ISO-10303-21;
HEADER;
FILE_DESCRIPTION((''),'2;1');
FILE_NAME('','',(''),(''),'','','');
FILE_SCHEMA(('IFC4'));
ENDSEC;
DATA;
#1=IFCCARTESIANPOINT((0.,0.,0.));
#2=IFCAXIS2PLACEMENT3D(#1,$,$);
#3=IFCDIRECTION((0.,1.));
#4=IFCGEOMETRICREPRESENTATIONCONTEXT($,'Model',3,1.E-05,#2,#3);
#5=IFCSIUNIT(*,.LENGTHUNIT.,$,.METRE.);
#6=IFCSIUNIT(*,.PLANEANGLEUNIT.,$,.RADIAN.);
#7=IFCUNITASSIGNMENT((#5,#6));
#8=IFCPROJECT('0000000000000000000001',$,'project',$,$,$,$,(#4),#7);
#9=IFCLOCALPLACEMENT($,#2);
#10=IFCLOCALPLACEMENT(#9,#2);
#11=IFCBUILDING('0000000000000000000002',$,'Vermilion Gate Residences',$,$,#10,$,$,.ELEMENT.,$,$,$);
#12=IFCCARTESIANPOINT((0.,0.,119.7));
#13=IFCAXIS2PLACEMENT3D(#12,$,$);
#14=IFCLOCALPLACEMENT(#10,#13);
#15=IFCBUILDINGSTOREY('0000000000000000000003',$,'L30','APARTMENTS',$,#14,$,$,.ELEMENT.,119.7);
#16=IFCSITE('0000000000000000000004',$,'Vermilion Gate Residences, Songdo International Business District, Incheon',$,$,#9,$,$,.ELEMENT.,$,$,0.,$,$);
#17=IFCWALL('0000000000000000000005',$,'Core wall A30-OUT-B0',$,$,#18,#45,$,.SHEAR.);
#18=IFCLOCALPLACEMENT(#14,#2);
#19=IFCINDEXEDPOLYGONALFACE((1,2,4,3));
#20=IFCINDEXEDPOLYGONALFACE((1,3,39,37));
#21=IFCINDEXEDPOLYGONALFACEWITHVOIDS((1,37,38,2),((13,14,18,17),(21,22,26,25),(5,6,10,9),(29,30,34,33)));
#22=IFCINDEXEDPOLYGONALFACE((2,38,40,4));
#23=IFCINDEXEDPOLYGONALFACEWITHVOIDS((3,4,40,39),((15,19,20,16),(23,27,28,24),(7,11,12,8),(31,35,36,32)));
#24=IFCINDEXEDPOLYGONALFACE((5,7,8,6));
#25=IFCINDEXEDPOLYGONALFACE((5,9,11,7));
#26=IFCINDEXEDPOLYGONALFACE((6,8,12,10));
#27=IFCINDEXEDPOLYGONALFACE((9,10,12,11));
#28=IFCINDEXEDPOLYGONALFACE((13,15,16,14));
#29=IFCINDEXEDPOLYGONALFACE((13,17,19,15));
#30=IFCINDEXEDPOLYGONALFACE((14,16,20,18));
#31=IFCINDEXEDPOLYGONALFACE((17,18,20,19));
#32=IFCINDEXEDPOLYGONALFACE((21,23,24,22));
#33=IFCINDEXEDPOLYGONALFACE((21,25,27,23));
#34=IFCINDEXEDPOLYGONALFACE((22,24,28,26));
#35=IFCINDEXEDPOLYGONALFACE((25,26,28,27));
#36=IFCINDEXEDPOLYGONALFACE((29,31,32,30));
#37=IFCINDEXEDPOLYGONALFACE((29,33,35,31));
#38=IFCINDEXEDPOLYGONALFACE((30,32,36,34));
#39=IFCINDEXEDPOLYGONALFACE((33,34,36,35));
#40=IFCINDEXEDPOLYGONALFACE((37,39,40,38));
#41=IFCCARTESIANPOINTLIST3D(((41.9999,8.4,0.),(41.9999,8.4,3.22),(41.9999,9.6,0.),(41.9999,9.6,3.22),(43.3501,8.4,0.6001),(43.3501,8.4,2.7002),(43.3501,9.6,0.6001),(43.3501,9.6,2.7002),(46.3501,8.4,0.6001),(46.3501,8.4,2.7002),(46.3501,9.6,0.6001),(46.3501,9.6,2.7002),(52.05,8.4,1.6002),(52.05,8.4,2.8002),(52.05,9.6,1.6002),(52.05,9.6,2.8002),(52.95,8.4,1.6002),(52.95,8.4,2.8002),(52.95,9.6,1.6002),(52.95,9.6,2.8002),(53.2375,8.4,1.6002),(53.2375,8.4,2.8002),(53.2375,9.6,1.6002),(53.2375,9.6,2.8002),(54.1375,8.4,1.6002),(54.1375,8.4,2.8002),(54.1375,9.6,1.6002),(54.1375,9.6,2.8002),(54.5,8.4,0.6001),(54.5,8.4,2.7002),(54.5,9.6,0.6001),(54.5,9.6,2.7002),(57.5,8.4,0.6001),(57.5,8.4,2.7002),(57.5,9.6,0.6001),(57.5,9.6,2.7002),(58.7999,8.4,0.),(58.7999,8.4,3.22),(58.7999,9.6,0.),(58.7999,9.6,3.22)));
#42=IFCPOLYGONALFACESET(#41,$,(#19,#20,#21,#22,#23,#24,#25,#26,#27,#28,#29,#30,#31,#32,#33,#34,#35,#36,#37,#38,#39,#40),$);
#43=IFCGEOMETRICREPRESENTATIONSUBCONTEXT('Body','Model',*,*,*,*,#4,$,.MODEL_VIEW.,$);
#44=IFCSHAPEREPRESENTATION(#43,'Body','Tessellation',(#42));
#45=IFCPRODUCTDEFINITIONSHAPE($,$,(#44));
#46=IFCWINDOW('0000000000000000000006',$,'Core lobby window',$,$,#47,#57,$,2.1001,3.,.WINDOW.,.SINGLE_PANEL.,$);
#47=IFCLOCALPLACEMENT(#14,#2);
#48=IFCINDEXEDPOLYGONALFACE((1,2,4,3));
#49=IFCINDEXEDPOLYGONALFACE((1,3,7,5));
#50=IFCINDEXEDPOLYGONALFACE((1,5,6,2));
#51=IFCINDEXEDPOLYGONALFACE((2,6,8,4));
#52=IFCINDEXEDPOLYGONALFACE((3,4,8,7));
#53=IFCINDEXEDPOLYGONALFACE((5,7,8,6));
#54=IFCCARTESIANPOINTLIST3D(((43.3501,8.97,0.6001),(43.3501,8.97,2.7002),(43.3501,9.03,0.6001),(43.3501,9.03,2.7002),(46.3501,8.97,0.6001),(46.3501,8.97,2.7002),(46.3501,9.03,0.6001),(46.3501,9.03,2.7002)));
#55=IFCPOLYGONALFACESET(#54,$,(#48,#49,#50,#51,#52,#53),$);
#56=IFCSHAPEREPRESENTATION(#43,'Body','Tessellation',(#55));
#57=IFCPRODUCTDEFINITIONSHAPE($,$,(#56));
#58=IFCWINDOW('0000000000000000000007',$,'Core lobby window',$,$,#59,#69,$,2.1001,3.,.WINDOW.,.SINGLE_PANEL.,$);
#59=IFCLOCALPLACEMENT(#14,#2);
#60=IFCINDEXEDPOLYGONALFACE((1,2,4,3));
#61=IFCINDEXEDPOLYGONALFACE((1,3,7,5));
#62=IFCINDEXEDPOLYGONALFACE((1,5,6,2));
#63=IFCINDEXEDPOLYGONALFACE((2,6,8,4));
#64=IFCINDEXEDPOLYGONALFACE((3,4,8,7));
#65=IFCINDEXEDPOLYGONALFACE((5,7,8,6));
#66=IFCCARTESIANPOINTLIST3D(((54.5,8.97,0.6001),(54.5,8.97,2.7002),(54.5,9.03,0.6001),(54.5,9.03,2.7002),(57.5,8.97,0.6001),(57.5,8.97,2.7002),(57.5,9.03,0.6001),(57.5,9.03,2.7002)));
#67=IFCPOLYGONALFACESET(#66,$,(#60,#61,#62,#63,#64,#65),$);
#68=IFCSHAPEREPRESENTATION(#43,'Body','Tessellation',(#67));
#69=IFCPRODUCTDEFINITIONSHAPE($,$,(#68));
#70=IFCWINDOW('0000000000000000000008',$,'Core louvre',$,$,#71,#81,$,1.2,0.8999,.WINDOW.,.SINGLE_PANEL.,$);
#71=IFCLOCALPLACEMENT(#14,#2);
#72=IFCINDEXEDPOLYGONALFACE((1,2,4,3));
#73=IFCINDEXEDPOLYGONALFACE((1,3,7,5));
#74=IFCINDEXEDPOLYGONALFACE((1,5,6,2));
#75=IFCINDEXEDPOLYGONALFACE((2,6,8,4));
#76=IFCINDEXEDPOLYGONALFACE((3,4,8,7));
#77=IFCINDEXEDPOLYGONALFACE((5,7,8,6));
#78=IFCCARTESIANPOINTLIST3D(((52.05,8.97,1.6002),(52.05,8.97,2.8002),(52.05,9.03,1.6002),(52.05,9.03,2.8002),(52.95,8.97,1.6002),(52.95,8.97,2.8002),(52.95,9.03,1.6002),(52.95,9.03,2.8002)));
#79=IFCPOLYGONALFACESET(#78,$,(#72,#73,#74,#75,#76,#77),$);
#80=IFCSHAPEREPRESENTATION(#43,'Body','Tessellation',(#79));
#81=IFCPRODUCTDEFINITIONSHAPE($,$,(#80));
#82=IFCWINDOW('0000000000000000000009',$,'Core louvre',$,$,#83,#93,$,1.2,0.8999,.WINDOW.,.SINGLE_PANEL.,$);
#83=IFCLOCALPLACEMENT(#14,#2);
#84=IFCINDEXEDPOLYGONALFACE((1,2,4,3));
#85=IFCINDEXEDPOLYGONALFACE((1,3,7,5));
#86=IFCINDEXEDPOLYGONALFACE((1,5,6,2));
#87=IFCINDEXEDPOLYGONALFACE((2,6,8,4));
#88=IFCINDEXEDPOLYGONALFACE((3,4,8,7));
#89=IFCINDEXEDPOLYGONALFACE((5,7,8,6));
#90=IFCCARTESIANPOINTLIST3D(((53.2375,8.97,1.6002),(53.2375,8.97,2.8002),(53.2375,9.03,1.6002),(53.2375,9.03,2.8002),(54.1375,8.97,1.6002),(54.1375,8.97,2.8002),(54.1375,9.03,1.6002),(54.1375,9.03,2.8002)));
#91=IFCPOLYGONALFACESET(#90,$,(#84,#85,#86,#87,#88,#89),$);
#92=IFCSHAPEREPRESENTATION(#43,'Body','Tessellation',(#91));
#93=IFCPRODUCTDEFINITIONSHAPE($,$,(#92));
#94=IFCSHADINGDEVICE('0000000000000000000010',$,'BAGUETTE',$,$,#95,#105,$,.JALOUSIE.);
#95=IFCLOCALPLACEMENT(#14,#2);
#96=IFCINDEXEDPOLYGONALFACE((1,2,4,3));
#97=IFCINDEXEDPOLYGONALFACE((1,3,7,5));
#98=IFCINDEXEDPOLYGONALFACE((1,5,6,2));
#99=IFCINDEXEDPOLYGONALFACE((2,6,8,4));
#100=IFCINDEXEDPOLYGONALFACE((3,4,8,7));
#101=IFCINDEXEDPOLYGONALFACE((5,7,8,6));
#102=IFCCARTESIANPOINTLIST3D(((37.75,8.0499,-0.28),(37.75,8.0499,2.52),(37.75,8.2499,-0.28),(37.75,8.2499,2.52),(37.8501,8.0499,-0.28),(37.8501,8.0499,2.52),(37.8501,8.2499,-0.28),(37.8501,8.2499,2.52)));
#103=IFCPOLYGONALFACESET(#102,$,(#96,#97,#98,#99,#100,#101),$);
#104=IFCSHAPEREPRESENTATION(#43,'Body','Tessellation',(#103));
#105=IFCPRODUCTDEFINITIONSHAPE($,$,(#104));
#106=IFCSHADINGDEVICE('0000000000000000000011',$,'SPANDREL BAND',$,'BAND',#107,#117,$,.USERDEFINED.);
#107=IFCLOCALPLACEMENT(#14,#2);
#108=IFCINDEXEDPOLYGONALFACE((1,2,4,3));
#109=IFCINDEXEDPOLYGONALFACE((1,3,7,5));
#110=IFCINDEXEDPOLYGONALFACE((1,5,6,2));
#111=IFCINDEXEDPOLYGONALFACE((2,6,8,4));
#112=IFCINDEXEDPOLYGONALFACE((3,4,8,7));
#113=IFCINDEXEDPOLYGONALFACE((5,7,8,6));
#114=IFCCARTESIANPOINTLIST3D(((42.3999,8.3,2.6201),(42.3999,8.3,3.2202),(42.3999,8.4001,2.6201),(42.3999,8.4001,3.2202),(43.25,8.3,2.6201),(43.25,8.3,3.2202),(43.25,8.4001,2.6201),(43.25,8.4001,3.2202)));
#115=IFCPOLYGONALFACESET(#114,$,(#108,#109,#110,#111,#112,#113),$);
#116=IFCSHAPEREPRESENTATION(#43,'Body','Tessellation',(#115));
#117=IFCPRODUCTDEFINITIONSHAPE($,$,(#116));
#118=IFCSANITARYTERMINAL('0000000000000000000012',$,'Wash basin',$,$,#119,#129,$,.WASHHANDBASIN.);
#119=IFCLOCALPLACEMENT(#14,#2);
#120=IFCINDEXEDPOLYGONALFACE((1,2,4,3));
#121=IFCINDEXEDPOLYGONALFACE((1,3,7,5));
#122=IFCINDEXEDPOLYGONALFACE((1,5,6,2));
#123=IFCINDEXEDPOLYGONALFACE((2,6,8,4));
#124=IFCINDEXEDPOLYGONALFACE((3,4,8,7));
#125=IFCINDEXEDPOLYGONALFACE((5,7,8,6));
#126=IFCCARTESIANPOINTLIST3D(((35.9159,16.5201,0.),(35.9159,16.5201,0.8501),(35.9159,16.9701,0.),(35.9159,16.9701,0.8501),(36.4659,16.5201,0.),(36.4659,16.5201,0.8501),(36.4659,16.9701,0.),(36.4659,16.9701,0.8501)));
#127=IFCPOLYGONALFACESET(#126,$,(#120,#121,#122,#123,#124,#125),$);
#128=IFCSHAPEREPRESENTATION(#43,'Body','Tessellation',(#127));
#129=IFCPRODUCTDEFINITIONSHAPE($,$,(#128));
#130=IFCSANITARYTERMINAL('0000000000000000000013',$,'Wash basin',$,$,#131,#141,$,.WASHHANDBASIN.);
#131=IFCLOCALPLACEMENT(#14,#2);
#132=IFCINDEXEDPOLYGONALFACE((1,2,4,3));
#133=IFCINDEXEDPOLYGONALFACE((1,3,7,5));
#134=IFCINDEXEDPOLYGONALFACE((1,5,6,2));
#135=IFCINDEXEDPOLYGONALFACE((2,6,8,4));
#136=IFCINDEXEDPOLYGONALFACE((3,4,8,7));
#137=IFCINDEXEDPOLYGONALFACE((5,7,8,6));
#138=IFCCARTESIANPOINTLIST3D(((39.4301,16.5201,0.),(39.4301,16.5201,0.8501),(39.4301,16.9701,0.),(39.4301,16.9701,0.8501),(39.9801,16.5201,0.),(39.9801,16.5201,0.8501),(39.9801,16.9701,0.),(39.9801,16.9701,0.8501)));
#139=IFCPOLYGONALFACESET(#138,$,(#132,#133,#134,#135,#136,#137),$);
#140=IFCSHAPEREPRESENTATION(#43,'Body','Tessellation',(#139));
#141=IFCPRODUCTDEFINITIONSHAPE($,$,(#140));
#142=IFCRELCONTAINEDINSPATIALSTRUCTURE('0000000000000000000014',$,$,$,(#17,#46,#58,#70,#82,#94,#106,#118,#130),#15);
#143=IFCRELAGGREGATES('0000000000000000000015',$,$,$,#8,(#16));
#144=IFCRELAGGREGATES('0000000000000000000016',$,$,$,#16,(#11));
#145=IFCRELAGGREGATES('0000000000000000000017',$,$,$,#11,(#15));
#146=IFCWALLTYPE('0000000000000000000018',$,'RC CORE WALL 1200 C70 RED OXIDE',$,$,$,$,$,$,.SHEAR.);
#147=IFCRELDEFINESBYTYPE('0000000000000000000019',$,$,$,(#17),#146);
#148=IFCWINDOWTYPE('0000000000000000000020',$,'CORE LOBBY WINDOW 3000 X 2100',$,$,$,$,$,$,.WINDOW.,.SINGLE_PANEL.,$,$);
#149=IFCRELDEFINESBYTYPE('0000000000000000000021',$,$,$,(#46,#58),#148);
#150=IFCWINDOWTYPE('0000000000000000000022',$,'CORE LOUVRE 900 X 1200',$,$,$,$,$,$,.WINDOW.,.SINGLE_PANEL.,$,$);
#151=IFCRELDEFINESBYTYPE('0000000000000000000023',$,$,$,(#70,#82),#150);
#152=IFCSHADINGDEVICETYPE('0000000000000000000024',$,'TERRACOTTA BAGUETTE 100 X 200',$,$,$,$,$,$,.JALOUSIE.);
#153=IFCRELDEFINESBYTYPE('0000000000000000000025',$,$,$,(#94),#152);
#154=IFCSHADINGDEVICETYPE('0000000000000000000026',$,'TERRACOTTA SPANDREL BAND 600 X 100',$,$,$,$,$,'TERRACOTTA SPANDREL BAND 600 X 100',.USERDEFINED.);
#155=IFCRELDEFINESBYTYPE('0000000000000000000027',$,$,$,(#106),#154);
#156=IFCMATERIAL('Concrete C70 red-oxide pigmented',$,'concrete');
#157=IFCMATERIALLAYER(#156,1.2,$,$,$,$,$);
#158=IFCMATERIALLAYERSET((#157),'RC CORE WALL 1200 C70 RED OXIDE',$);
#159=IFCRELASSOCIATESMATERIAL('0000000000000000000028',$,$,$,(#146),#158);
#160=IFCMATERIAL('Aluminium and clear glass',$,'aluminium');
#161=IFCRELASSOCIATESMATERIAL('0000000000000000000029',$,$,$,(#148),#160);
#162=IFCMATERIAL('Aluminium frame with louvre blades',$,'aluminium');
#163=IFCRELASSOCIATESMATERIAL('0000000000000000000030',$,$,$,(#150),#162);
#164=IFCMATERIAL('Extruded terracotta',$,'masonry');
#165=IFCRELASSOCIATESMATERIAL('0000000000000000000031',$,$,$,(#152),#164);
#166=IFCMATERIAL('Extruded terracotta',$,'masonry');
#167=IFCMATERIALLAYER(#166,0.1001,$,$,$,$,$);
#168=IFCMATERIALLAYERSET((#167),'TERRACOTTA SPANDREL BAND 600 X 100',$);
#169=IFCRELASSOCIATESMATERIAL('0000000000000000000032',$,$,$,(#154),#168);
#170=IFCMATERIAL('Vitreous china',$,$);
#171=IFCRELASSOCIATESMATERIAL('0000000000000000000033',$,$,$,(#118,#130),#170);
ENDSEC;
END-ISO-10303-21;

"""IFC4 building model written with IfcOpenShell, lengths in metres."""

from ifc_helpers import new_model, si_unit, direction, frame, frame_2d, origin, origin_2d, place, context, subcontext, project, spatial, rectangle, extrude, material, layer, layer_set, material_profile, profile_set, type_object, element, fill, save


model = new_model("IFC4")

# Units and contexts
model_context = context("Model", 3, precision=1e-05, world=origin(), true_north=direction((0.0, 1.0)))
body_context = subcontext(model_context, "Body", "Model", "MODEL_VIEW")
ifc_project = project(units=[si_unit("LENGTHUNIT", "METRE"), si_unit("PLANEANGLEUNIT", "RADIAN")], contexts=[model_context])

# Site, building, storey
site_placement = place(None, origin())
site = spatial("IfcSite", under=ifc_project, at=site_placement, Name="Vermilion Gate Residences, Songdo International Business District, Incheon", CompositionType="ELEMENT", RefElevation=0.0)
building_placement = place(site_placement, origin())
building = spatial("IfcBuilding", under=site, at=building_placement, Name="Vermilion Gate Residences", CompositionType="ELEMENT")
storey_placement = place(building_placement, frame((0.0, 0.0, 119.7)))
storey = spatial("IfcBuildingStorey", under=building, at=storey_placement, Name="L30", Description="APARTMENTS", CompositionType="ELEMENT", Elevation=119.7)

# Wall, openings, windows
ifc_material_1 = material(Name="Concrete C70 red-oxide pigmented", Category="concrete")
ifc_layer_1 = layer(ifc_material_1, 1.2)
ifc_layer_set_1 = layer_set([ifc_layer_1], Name="RC CORE WALL 1200 C70 RED OXIDE")
wall_type_1 = type_object("IfcWallType", Name="RC CORE WALL 1200 C70 RED OXIDE", PredefinedType="SHEAR", material=ifc_layer_set_1)
wall_1_placement = place(storey_placement, frame((42.0, 9.0, 0.0), z_axis=(0.0, 0.0, 1.0), x_axis=(1.0, 0.0, 0.0)))
wall_1 = element("IfcWall", 1, at=wall_1_placement, inside=storey, type_object=wall_type_1, Name="Core wall A30-OUT-B0", PredefinedType="SHEAR", context=body_context, shape_type="SweptSolid", body=[
    extrude(rectangle(XDim=16.8, YDim=1.2, at=frame_2d((8.3999, 0.0))), origin(), (0.0, 0.0, 1.0), 3.22),
])
opening_1_placement = place(wall_1_placement, frame((1.3501, 0.0, 0.6001)))
opening_1 = element("IfcOpeningElement", 2, at=opening_1_placement, cuts=wall_1, PredefinedType="OPENING", context=body_context, shape_type="SweptSolid", body=[
    extrude(rectangle(XDim=3.0, YDim=2.1001, at=frame_2d((1.5, 1.05))), frame((0.0, 0.6099, 0.0), z_axis=(0.0, -1.0, 0.0), x_axis=(1.0, 0.0, 0.0)), (0.0, 0.0, 1.0), 1.22),
])
opening_2_placement = place(wall_1_placement, frame((10.05, 0.0, 1.6001)))
opening_2 = element("IfcOpeningElement", 3, at=opening_2_placement, cuts=wall_1, PredefinedType="OPENING", context=body_context, shape_type="SweptSolid", body=[
    extrude(rectangle(XDim=0.8999, YDim=1.2, at=frame_2d((0.45, 0.6001))), frame((0.0, 0.6099, 0.0), z_axis=(0.0, -1.0, 0.0), x_axis=(1.0, 0.0, 0.0)), (0.0, 0.0, 1.0), 1.22),
])
opening_3_placement = place(wall_1_placement, frame((11.2375, 0.0, 1.6001)))
opening_3 = element("IfcOpeningElement", 4, at=opening_3_placement, cuts=wall_1, PredefinedType="OPENING", context=body_context, shape_type="SweptSolid", body=[
    extrude(rectangle(XDim=0.8999, YDim=1.2, at=frame_2d((0.45, 0.6001))), frame((0.0, 0.6099, 0.0), z_axis=(0.0, -1.0, 0.0), x_axis=(1.0, 0.0, 0.0)), (0.0, 0.0, 1.0), 1.22),
])
opening_4_placement = place(wall_1_placement, frame((12.5, 0.0, 0.6001)))
opening_4 = element("IfcOpeningElement", 5, at=opening_4_placement, cuts=wall_1, PredefinedType="OPENING", context=body_context, shape_type="SweptSolid", body=[
    extrude(rectangle(XDim=3.0, YDim=2.1001, at=frame_2d((1.5, 1.05))), frame((0.0, 0.6099, 0.0), z_axis=(0.0, -1.0, 0.0), x_axis=(1.0, 0.0, 0.0)), (0.0, 0.0, 1.0), 1.22),
])
ifc_material_2 = material(Name="Aluminium and clear glass", Category="aluminium")
window_type_1 = type_object("IfcWindowType", Name="CORE LOBBY WINDOW 3000 X 2100", PartitioningType="SINGLE_PANEL", PredefinedType="WINDOW", material=ifc_material_2)
window_1_placement = place(opening_1_placement, origin())
window_1 = element("IfcWindow", 6, at=window_1_placement, inside=storey, type_object=window_type_1, Name="Core lobby window", OverallHeight=2.1001, OverallWidth=3.0, PartitioningType="SINGLE_PANEL", PredefinedType="WINDOW", context=body_context, shape_type="SweptSolid", body=[
    extrude(rectangle(XDim=3.0, YDim=2.1001, at=frame_2d((1.5, 1.05))), frame((0.0, 0.03, 0.0), z_axis=(0.0, -1.0, 0.0), x_axis=(1.0, 0.0, 0.0)), (0.0, 0.0, 1.0), 0.0601),
])
fill(opening_1, window_1)
window_2_placement = place(opening_4_placement, origin())
window_2 = element("IfcWindow", 7, at=window_2_placement, inside=storey, type_object=window_type_1, Name="Core lobby window", OverallHeight=2.1001, OverallWidth=3.0, PartitioningType="SINGLE_PANEL", PredefinedType="WINDOW", context=body_context, shape_type="SweptSolid", body=[
    extrude(rectangle(XDim=3.0, YDim=2.1001, at=frame_2d((1.5, 1.05))), frame((0.0, 0.03, 0.0), z_axis=(0.0, -1.0, 0.0), x_axis=(1.0, 0.0, 0.0)), (0.0, 0.0, 1.0), 0.0601),
])
fill(opening_4, window_2)
ifc_material_3 = material(Name="Aluminium frame with louvre blades", Category="aluminium")
window_type_2 = type_object("IfcWindowType", Name="CORE LOUVRE 900 X 1200", PartitioningType="SINGLE_PANEL", PredefinedType="WINDOW", material=ifc_material_3)
window_3_placement = place(opening_2_placement, origin())
window_3 = element("IfcWindow", 8, at=window_3_placement, inside=storey, type_object=window_type_2, Name="Core louvre", OverallHeight=1.2, OverallWidth=0.8999, PartitioningType="SINGLE_PANEL", PredefinedType="WINDOW", context=body_context, shape_type="SweptSolid", body=[
    extrude(rectangle(XDim=0.8999, YDim=1.2, at=frame_2d((0.45, 0.6001))), frame((0.0, 0.03, 0.0), z_axis=(0.0, -1.0, 0.0), x_axis=(1.0, 0.0, 0.0)), (0.0, 0.0, 1.0), 0.0601),
])
fill(opening_2, window_3)
window_4_placement = place(opening_3_placement, origin())
window_4 = element("IfcWindow", 9, at=window_4_placement, inside=storey, type_object=window_type_2, Name="Core louvre", OverallHeight=1.2, OverallWidth=0.8999, PartitioningType="SINGLE_PANEL", PredefinedType="WINDOW", context=body_context, shape_type="SweptSolid", body=[
    extrude(rectangle(XDim=0.8999, YDim=1.2, at=frame_2d((0.45, 0.6001))), frame((0.0, 0.03, 0.0), z_axis=(0.0, -1.0, 0.0), x_axis=(1.0, 0.0, 0.0)), (0.0, 0.0, 1.0), 0.0601),
])
fill(opening_3, window_4)

# Shading devices
ifc_material_4 = material(Name="Extruded terracotta", Category="masonry")
ifc_material_profile = material_profile(ifc_material_4, rectangle(XDim=0.2, YDim=0.1001, at=origin_2d()), Name="BAGUETTE 100 X 200")
ifc_profile_set = profile_set([ifc_material_profile], Name="Extruded terracotta")
shading_device_type_1 = type_object("IfcShadingDeviceType", Name="TERRACOTTA BAGUETTE 100 X 200", PredefinedType="JALOUSIE", material=ifc_profile_set)
shading_device_1_placement = place(storey_placement, frame((37.8, 8.1499, -0.28), z_axis=(0.0, 0.0, 1.0), x_axis=(0.0, 1.0, 0.0)))
element("IfcShadingDevice", 10, at=shading_device_1_placement, inside=storey, type_object=shading_device_type_1, Name="BAGUETTE", PredefinedType="JALOUSIE", context=body_context, shape_type="SweptSolid", body=[
    extrude(rectangle(XDim=0.2, YDim=0.1001, at=origin_2d()), origin(), (0.0, 0.0, 1.0), 2.8),
])
ifc_material_5 = material(Name="Extruded terracotta", Category="masonry")
ifc_layer_2 = layer(ifc_material_5, 0.1001)
ifc_layer_set_2 = layer_set([ifc_layer_2], Name="TERRACOTTA SPANDREL BAND 600 X 100")
shading_device_type_2 = type_object("IfcShadingDeviceType", Name="TERRACOTTA SPANDREL BAND 600 X 100", ElementType="TERRACOTTA SPANDREL BAND 600 X 100", PredefinedType="USERDEFINED", material=ifc_layer_set_2)
shading_device_2_placement = place(storey_placement, frame((42.825, 8.3501, 2.6201), z_axis=(0.0, 0.0, 1.0), x_axis=(1.0, 0.0, 0.0)))
element("IfcShadingDevice", 11, at=shading_device_2_placement, inside=storey, type_object=shading_device_type_2, Name="SPANDREL BAND", ObjectType="BAND", PredefinedType="USERDEFINED", context=body_context, shape_type="SweptSolid", body=[
    extrude(rectangle(XDim=0.8501, YDim=0.1001, at=origin_2d()), origin(), (0.0, 0.0, 1.0), 0.6001),
])

# Sanitary terminals
ifc_material_6 = material(Name="Vitreous china")
for number, where, z_axis, x_axis, name in (
    (12, (36.1909, 16.7451, 0.0), (0.0, 0.0, 1.0), (1.0, 0.0, 0.0), "Wash basin"),
    (13, (39.7051, 16.7451, 0.0), (0.0, 0.0, 1.0), (1.0, 0.0, 0.0), "Wash basin"),
):
    element("IfcSanitaryTerminal", number, at=place(storey_placement, frame(where, z_axis=z_axis, x_axis=x_axis)), inside=storey, material=ifc_material_6, Name=name, PredefinedType="WASHHANDBASIN", context=body_context, shape_type="SweptSolid", body=[
        extrude(rectangle(XDim=0.55, YDim=0.45, at=origin_2d()), origin(), (0.0, 0.0, 1.0), 0.8501),
    ])

save(model, "model.ifc")
